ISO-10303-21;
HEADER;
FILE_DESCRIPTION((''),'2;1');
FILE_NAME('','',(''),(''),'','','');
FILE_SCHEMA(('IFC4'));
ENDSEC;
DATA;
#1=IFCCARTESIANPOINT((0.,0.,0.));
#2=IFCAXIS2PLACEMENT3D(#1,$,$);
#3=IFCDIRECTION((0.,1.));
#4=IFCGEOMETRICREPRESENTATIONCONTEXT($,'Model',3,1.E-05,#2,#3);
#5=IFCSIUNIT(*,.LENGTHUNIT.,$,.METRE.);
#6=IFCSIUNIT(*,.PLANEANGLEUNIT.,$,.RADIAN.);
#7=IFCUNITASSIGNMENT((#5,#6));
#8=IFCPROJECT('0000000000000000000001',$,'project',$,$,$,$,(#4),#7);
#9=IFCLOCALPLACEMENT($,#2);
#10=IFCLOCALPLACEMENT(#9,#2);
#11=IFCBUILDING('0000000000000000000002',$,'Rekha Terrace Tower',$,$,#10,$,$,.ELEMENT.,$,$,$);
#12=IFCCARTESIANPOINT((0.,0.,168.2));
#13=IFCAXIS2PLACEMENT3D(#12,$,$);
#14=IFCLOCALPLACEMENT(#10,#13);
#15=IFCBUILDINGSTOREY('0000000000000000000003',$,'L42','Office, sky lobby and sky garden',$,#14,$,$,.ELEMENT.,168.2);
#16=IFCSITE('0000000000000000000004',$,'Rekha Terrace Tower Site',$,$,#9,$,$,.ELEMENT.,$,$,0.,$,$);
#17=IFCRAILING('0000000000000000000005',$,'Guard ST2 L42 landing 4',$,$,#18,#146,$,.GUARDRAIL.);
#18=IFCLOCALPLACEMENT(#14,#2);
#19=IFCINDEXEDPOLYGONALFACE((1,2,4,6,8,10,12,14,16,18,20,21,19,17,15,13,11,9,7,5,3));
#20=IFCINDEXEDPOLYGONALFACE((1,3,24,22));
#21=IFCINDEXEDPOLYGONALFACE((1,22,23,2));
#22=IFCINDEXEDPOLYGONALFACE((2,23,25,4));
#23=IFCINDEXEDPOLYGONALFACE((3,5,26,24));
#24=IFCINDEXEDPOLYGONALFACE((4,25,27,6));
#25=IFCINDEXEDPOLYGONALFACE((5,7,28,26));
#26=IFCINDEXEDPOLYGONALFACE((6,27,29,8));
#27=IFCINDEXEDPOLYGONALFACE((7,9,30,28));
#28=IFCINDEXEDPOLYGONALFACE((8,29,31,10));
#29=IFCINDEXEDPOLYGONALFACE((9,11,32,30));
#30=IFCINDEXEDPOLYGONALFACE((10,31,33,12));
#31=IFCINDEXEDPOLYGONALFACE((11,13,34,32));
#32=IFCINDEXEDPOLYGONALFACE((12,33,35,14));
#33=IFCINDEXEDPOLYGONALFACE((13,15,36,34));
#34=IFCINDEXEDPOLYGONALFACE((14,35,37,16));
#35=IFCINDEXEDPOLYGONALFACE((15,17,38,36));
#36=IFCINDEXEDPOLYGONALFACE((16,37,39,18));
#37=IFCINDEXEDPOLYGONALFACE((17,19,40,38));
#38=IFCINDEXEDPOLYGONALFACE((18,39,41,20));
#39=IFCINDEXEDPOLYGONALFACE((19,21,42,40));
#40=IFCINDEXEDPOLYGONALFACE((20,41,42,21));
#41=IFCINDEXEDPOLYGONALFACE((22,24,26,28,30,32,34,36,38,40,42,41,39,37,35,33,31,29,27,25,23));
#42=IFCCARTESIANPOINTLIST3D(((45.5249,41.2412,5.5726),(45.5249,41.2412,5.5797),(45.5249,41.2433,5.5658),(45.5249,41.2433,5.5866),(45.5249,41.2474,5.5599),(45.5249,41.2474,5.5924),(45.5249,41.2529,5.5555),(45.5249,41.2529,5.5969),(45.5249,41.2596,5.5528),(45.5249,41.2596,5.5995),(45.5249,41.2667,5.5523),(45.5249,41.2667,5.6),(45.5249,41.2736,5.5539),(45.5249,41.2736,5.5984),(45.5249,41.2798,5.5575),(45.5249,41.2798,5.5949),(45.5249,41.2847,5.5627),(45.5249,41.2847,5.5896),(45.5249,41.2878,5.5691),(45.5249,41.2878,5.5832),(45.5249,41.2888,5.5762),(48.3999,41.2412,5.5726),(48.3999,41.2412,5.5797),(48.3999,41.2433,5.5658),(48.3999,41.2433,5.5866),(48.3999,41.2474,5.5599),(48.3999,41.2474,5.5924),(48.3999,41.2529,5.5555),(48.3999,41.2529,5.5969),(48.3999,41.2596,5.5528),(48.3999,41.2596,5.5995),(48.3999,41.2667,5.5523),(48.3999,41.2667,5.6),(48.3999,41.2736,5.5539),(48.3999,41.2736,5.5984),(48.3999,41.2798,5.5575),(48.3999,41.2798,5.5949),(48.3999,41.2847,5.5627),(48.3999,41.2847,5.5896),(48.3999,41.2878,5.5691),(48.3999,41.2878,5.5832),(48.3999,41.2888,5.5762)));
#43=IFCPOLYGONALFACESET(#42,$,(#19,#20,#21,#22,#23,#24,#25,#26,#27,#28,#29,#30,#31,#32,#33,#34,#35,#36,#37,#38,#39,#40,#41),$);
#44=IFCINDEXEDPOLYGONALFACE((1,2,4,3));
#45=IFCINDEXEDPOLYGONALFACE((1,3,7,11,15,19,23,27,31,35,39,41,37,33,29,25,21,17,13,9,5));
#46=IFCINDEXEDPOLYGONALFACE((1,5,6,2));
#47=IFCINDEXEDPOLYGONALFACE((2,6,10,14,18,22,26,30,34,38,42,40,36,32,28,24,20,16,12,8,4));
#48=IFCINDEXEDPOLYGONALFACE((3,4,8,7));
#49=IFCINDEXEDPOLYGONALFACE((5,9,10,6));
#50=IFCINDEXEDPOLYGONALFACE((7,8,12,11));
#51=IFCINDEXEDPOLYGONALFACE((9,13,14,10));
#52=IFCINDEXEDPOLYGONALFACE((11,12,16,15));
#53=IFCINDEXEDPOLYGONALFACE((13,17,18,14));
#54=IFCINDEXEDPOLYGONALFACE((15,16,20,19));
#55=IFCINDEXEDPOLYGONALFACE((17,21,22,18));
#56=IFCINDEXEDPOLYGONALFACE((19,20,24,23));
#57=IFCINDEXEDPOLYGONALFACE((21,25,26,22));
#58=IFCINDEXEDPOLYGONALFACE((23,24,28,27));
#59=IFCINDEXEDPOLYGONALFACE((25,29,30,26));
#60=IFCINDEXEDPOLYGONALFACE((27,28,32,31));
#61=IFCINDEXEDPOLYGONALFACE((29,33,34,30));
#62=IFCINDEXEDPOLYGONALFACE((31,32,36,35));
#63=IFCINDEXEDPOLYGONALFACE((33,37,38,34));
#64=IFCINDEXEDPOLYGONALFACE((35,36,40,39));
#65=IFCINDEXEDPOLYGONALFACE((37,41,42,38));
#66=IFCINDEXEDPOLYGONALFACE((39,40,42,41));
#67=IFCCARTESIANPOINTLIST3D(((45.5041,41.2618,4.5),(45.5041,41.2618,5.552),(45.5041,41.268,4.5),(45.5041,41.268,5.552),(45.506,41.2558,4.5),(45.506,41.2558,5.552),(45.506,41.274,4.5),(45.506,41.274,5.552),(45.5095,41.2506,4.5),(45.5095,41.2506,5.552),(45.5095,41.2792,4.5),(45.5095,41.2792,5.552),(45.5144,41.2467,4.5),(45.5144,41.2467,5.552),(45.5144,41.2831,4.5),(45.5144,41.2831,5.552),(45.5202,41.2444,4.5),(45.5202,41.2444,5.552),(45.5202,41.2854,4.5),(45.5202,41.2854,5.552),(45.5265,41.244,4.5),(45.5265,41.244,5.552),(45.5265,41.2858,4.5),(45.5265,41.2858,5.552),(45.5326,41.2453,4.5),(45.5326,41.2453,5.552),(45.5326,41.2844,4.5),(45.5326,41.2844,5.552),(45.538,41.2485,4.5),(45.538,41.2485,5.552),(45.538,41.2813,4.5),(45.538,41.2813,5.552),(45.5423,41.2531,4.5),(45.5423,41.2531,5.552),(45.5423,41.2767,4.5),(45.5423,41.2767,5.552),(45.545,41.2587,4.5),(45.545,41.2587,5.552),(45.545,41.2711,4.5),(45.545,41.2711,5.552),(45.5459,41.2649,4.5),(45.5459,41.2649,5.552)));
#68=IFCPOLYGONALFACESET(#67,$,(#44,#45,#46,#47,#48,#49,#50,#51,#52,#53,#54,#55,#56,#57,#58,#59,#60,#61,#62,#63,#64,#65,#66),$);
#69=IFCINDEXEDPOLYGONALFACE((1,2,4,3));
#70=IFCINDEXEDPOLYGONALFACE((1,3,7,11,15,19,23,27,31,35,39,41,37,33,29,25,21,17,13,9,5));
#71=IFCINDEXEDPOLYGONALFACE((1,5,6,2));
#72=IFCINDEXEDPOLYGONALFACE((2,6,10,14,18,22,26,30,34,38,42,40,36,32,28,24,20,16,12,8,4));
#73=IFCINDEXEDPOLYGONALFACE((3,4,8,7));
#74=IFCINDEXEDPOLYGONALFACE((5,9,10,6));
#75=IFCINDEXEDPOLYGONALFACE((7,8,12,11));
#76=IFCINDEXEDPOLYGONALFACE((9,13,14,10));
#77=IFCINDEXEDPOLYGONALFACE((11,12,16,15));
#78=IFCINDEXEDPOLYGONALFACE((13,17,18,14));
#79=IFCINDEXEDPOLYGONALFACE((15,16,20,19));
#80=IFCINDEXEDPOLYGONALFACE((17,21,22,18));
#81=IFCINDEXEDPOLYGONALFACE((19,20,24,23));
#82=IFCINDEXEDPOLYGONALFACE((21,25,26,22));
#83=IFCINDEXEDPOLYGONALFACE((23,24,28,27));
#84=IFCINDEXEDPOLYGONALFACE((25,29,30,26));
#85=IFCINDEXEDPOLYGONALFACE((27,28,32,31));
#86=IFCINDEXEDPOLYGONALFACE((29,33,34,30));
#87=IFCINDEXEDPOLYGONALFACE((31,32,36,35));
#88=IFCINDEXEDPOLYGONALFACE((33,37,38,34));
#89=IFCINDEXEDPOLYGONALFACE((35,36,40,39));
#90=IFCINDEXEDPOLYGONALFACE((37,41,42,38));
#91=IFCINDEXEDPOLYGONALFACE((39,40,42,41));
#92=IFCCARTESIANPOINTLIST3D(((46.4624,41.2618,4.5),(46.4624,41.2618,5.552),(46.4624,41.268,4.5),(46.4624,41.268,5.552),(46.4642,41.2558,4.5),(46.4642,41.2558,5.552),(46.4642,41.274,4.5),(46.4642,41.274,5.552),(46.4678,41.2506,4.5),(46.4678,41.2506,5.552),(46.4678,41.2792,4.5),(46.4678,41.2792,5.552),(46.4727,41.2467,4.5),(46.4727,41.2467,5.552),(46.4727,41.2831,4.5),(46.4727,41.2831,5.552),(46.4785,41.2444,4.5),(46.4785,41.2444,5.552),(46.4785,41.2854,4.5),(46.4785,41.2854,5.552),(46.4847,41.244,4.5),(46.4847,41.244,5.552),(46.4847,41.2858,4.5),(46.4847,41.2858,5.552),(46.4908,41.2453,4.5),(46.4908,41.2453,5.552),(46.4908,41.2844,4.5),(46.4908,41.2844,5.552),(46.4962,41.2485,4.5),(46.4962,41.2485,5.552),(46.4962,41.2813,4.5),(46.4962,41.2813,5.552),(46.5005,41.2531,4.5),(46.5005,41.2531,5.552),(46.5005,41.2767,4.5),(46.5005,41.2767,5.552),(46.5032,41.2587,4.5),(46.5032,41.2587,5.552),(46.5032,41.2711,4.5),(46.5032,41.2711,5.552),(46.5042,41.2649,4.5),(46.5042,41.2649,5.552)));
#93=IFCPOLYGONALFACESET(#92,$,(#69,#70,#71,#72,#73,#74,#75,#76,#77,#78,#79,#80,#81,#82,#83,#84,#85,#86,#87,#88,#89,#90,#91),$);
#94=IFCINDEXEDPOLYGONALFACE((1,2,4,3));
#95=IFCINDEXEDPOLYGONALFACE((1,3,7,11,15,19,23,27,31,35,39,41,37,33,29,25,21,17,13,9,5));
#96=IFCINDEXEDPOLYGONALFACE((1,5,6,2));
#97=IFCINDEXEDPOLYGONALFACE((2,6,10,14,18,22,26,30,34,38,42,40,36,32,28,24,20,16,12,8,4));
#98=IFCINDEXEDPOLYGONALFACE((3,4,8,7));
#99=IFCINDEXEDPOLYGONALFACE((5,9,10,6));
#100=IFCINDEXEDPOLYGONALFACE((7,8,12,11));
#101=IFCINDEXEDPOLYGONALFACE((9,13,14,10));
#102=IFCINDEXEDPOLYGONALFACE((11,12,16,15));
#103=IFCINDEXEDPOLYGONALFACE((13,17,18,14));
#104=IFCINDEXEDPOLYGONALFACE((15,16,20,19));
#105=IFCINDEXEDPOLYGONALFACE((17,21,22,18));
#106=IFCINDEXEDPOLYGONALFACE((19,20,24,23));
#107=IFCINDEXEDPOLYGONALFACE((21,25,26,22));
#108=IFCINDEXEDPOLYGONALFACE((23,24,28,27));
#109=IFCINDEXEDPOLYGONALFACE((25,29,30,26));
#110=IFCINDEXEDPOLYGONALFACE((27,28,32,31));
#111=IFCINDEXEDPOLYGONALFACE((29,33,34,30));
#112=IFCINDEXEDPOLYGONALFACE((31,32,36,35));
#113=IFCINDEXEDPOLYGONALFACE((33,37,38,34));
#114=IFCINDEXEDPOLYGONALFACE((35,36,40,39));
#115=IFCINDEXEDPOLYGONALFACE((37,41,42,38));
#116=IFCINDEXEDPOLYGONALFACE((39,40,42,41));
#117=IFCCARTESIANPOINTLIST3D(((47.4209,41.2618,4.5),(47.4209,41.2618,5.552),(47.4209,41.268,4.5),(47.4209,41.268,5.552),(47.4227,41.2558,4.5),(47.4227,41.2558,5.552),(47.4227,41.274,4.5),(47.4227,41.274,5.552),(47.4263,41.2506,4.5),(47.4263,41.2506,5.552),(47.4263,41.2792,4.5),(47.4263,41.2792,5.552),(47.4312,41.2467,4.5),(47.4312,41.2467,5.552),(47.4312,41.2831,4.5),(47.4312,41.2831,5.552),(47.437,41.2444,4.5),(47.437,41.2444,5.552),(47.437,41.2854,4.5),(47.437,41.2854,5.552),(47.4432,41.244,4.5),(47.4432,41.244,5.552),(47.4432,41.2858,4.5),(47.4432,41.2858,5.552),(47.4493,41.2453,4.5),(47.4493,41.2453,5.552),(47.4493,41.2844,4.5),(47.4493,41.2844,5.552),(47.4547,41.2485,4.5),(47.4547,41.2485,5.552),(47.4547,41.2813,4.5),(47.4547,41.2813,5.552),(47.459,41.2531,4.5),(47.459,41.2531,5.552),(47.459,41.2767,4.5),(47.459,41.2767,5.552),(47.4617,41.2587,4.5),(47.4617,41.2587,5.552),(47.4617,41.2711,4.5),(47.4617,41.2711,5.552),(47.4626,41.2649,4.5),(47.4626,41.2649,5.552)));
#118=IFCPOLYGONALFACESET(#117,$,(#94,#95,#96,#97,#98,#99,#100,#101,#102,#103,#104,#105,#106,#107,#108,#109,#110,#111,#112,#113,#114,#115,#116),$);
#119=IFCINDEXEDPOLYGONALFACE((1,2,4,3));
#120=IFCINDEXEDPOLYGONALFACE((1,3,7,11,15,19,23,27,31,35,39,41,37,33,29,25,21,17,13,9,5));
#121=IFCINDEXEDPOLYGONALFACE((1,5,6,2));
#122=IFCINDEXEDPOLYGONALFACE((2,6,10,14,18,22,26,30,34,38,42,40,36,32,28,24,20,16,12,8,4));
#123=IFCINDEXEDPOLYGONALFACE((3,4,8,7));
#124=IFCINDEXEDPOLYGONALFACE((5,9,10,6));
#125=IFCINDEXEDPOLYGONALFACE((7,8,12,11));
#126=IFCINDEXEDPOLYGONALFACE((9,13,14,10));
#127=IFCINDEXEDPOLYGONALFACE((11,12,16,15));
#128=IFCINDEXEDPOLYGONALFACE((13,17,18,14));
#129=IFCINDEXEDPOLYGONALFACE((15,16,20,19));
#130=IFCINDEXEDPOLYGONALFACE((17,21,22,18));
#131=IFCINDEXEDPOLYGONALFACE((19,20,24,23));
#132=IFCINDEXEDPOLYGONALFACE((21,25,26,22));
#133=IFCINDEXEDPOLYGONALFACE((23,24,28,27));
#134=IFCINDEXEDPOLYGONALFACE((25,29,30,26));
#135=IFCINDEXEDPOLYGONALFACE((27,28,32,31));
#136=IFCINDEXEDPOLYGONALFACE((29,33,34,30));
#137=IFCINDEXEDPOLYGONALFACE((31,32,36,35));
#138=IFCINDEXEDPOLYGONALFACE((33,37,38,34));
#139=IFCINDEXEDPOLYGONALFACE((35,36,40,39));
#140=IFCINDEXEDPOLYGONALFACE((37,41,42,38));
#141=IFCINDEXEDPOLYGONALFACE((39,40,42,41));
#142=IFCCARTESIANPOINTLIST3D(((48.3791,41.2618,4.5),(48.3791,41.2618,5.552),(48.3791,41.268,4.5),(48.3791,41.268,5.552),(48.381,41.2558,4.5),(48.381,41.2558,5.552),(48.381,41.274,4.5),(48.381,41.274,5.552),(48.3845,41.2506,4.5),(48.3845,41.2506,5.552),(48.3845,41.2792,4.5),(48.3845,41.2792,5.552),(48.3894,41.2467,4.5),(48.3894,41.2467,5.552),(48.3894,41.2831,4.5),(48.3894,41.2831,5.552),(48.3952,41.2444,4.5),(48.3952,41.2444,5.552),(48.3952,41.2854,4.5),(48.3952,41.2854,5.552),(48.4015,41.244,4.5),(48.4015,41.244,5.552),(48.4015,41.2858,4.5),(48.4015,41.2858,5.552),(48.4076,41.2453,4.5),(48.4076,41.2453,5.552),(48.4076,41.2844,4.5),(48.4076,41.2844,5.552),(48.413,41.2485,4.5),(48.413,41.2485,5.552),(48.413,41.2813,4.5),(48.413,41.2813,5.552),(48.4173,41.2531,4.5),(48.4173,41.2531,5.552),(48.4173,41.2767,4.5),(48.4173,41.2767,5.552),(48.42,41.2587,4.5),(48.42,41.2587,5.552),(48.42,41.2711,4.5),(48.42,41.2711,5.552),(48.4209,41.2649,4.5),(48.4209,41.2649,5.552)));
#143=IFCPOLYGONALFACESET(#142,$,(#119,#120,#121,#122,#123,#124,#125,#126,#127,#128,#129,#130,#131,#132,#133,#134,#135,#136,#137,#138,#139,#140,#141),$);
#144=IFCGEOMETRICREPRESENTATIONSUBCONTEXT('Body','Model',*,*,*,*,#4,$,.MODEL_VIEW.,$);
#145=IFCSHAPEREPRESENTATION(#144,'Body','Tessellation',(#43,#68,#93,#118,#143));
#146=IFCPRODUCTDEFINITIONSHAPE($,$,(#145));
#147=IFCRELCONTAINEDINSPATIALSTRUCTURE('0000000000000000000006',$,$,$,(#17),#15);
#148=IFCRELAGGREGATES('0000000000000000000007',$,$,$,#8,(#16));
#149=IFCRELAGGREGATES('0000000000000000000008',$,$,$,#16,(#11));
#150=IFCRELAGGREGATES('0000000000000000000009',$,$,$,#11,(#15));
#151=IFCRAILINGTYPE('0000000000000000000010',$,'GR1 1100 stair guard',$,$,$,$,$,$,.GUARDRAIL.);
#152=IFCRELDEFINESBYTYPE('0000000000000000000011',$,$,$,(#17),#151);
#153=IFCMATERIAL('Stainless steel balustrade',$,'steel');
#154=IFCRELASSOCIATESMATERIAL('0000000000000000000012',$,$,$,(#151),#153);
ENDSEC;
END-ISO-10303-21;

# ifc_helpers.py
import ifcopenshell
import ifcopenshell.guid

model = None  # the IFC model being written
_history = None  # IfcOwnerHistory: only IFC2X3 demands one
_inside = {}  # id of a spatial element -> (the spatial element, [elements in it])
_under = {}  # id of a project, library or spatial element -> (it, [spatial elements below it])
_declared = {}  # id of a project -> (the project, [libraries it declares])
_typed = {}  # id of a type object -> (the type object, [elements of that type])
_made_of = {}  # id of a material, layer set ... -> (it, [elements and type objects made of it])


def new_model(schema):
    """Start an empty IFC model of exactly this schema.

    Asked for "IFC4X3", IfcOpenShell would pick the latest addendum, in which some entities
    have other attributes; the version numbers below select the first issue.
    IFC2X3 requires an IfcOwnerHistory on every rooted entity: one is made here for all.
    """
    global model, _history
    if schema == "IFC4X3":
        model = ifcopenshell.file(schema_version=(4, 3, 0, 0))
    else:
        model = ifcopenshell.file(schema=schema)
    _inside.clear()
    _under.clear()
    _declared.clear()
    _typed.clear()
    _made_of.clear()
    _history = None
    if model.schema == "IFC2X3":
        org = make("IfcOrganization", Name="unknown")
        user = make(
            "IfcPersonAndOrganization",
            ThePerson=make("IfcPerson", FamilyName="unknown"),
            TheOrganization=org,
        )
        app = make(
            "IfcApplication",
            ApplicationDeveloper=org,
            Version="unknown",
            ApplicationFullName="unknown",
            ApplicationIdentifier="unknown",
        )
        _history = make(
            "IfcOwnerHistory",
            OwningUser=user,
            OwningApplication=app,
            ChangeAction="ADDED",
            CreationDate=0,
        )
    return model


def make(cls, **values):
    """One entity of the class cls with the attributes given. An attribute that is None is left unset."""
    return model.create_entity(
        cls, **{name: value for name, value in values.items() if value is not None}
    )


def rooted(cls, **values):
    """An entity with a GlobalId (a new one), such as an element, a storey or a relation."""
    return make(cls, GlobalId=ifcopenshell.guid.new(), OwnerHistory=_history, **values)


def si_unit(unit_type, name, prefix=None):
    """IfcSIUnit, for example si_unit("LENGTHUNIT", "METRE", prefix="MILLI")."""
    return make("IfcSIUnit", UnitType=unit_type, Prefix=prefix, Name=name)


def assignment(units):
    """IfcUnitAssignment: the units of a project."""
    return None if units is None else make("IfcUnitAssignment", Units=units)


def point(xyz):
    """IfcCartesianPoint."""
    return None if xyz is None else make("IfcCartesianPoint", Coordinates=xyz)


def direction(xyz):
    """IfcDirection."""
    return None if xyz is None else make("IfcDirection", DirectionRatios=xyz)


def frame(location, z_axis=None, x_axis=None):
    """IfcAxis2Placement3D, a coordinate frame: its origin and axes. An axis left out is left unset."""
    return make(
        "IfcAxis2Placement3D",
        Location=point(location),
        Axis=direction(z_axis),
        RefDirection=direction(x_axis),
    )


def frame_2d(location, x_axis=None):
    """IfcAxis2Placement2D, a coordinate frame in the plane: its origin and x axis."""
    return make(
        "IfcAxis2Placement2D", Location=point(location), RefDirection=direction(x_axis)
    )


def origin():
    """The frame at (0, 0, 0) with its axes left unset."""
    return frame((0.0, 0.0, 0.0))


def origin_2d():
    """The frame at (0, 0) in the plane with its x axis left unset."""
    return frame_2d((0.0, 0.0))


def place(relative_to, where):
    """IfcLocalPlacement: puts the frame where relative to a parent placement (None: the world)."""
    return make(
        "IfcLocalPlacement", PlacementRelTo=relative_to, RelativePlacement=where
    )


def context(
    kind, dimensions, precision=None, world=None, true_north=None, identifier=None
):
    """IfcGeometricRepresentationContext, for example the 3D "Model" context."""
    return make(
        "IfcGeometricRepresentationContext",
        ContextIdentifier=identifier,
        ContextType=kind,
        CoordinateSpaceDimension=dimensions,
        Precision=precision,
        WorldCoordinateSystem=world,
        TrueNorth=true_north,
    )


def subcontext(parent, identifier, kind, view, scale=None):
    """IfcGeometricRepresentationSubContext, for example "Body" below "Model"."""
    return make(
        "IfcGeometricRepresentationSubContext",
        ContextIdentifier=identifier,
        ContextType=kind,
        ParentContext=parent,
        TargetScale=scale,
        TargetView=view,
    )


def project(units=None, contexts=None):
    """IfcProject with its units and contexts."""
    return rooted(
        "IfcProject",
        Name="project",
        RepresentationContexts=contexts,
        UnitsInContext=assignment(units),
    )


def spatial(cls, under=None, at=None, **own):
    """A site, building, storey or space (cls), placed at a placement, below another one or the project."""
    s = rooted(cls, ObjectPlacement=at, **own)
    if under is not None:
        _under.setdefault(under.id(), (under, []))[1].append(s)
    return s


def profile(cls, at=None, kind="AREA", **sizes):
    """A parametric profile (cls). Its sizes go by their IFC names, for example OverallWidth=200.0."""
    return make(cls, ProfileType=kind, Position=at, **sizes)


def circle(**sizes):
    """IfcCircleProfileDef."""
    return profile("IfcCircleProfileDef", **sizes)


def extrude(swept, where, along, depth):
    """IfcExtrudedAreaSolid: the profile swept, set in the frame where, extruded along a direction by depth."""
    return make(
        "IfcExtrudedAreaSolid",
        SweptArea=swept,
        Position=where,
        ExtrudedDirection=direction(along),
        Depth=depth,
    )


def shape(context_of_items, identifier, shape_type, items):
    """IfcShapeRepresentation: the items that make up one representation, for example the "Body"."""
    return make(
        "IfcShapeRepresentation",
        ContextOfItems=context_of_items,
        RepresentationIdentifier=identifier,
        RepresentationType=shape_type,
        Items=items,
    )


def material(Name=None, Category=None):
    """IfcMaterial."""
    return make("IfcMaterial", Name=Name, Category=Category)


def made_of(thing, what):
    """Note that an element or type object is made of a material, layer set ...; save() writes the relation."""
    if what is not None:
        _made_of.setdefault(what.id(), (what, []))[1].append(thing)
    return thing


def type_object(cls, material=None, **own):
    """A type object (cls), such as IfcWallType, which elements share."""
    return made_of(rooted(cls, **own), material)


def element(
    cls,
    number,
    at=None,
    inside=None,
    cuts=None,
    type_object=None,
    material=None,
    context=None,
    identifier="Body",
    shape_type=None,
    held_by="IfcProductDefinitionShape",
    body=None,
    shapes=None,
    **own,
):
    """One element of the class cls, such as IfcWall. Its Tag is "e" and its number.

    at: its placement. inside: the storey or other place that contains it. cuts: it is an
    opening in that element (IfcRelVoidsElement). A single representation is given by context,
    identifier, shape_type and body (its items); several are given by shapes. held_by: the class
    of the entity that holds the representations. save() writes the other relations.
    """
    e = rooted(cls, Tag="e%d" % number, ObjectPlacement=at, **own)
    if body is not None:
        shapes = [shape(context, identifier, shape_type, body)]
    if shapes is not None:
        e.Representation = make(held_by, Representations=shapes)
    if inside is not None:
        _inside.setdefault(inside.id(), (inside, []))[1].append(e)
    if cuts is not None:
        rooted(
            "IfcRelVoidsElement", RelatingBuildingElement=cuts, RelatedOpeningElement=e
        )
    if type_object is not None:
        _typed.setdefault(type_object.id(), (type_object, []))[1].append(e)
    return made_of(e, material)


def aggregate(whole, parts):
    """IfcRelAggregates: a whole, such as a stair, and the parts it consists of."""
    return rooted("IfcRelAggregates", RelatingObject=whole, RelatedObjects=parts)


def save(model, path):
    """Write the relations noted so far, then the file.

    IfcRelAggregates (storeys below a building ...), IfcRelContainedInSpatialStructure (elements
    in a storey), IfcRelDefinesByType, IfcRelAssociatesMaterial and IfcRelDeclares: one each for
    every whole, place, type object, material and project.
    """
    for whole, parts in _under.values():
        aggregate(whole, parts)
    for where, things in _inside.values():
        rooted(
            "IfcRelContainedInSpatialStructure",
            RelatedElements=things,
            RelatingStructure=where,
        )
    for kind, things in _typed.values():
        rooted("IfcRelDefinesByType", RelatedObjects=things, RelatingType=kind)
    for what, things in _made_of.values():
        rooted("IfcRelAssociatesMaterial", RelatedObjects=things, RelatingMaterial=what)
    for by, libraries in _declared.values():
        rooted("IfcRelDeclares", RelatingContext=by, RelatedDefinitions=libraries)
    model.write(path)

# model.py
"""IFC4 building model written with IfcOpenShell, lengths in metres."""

from ifc_helpers import new_model, si_unit, direction, frame, origin, origin_2d, place, context, subcontext, project, spatial, circle, extrude, material, type_object, element, save


model = new_model("IFC4")

# Units and contexts
model_context = context("Model", 3, precision=1e-05, world=origin(), true_north=direction((0.0, 1.0)))
body_context = subcontext(model_context, "Body", "Model", "MODEL_VIEW")
ifc_project = project(units=[si_unit("LENGTHUNIT", "METRE"), si_unit("PLANEANGLEUNIT", "RADIAN")], contexts=[model_context])

# Site, building, storey
site_placement = place(None, origin())
site = spatial("IfcSite", under=ifc_project, at=site_placement, Name="Rekha Terrace Tower Site", CompositionType="ELEMENT", RefElevation=0.0)
building_placement = place(site_placement, origin())
building = spatial("IfcBuilding", under=site, at=building_placement, Name="Rekha Terrace Tower", CompositionType="ELEMENT")
storey_placement = place(building_placement, frame((0.0, 0.0, 168.2)))
storey = spatial("IfcBuildingStorey", under=building, at=storey_placement, Name="L42", Description="Office, sky lobby and sky garden", CompositionType="ELEMENT", Elevation=168.2)

# Railing
ifc_material_1 = material(Name="Stainless steel balustrade", Category="steel")
railing_type_1 = type_object("IfcRailingType", Name="GR1 1100 stair guard", PredefinedType="GUARDRAIL", material=ifc_material_1)
railing_1_placement = place(storey_placement, frame((45.5249, 41.2649, 4.5)))
element("IfcRailing", 1, at=railing_1_placement, inside=storey, type_object=railing_type_1, Name="Guard ST2 L42 landing 4", PredefinedType="GUARDRAIL", context=body_context, shape_type="SweptSolid", body=[
    extrude(circle(Radius=0.0239, at=origin_2d()), frame((0.0, 0.0, 1.0762), z_axis=(1.0, 0.0, 0.0), x_axis=(0.0, 1.0, 0.0)), (0.0, 0.0, 1.0), 2.875),
    extrude(circle(Radius=0.021, at=origin_2d()), origin(), (0.0, 0.0, 1.0), 1.052),
    extrude(circle(Radius=0.021, at=origin_2d()), frame((0.9583, 0.0, 0.0)), (0.0, 0.0, 1.0), 1.052),
    extrude(circle(Radius=0.021, at=origin_2d()), frame((1.9167, 0.0, 0.0)), (0.0, 0.0, 1.0), 1.052),
    extrude(circle(Radius=0.021, at=origin_2d()), frame((2.875, 0.0, 0.0)), (0.0, 0.0, 1.0), 1.052),
])

save(model, "model.ifc")
